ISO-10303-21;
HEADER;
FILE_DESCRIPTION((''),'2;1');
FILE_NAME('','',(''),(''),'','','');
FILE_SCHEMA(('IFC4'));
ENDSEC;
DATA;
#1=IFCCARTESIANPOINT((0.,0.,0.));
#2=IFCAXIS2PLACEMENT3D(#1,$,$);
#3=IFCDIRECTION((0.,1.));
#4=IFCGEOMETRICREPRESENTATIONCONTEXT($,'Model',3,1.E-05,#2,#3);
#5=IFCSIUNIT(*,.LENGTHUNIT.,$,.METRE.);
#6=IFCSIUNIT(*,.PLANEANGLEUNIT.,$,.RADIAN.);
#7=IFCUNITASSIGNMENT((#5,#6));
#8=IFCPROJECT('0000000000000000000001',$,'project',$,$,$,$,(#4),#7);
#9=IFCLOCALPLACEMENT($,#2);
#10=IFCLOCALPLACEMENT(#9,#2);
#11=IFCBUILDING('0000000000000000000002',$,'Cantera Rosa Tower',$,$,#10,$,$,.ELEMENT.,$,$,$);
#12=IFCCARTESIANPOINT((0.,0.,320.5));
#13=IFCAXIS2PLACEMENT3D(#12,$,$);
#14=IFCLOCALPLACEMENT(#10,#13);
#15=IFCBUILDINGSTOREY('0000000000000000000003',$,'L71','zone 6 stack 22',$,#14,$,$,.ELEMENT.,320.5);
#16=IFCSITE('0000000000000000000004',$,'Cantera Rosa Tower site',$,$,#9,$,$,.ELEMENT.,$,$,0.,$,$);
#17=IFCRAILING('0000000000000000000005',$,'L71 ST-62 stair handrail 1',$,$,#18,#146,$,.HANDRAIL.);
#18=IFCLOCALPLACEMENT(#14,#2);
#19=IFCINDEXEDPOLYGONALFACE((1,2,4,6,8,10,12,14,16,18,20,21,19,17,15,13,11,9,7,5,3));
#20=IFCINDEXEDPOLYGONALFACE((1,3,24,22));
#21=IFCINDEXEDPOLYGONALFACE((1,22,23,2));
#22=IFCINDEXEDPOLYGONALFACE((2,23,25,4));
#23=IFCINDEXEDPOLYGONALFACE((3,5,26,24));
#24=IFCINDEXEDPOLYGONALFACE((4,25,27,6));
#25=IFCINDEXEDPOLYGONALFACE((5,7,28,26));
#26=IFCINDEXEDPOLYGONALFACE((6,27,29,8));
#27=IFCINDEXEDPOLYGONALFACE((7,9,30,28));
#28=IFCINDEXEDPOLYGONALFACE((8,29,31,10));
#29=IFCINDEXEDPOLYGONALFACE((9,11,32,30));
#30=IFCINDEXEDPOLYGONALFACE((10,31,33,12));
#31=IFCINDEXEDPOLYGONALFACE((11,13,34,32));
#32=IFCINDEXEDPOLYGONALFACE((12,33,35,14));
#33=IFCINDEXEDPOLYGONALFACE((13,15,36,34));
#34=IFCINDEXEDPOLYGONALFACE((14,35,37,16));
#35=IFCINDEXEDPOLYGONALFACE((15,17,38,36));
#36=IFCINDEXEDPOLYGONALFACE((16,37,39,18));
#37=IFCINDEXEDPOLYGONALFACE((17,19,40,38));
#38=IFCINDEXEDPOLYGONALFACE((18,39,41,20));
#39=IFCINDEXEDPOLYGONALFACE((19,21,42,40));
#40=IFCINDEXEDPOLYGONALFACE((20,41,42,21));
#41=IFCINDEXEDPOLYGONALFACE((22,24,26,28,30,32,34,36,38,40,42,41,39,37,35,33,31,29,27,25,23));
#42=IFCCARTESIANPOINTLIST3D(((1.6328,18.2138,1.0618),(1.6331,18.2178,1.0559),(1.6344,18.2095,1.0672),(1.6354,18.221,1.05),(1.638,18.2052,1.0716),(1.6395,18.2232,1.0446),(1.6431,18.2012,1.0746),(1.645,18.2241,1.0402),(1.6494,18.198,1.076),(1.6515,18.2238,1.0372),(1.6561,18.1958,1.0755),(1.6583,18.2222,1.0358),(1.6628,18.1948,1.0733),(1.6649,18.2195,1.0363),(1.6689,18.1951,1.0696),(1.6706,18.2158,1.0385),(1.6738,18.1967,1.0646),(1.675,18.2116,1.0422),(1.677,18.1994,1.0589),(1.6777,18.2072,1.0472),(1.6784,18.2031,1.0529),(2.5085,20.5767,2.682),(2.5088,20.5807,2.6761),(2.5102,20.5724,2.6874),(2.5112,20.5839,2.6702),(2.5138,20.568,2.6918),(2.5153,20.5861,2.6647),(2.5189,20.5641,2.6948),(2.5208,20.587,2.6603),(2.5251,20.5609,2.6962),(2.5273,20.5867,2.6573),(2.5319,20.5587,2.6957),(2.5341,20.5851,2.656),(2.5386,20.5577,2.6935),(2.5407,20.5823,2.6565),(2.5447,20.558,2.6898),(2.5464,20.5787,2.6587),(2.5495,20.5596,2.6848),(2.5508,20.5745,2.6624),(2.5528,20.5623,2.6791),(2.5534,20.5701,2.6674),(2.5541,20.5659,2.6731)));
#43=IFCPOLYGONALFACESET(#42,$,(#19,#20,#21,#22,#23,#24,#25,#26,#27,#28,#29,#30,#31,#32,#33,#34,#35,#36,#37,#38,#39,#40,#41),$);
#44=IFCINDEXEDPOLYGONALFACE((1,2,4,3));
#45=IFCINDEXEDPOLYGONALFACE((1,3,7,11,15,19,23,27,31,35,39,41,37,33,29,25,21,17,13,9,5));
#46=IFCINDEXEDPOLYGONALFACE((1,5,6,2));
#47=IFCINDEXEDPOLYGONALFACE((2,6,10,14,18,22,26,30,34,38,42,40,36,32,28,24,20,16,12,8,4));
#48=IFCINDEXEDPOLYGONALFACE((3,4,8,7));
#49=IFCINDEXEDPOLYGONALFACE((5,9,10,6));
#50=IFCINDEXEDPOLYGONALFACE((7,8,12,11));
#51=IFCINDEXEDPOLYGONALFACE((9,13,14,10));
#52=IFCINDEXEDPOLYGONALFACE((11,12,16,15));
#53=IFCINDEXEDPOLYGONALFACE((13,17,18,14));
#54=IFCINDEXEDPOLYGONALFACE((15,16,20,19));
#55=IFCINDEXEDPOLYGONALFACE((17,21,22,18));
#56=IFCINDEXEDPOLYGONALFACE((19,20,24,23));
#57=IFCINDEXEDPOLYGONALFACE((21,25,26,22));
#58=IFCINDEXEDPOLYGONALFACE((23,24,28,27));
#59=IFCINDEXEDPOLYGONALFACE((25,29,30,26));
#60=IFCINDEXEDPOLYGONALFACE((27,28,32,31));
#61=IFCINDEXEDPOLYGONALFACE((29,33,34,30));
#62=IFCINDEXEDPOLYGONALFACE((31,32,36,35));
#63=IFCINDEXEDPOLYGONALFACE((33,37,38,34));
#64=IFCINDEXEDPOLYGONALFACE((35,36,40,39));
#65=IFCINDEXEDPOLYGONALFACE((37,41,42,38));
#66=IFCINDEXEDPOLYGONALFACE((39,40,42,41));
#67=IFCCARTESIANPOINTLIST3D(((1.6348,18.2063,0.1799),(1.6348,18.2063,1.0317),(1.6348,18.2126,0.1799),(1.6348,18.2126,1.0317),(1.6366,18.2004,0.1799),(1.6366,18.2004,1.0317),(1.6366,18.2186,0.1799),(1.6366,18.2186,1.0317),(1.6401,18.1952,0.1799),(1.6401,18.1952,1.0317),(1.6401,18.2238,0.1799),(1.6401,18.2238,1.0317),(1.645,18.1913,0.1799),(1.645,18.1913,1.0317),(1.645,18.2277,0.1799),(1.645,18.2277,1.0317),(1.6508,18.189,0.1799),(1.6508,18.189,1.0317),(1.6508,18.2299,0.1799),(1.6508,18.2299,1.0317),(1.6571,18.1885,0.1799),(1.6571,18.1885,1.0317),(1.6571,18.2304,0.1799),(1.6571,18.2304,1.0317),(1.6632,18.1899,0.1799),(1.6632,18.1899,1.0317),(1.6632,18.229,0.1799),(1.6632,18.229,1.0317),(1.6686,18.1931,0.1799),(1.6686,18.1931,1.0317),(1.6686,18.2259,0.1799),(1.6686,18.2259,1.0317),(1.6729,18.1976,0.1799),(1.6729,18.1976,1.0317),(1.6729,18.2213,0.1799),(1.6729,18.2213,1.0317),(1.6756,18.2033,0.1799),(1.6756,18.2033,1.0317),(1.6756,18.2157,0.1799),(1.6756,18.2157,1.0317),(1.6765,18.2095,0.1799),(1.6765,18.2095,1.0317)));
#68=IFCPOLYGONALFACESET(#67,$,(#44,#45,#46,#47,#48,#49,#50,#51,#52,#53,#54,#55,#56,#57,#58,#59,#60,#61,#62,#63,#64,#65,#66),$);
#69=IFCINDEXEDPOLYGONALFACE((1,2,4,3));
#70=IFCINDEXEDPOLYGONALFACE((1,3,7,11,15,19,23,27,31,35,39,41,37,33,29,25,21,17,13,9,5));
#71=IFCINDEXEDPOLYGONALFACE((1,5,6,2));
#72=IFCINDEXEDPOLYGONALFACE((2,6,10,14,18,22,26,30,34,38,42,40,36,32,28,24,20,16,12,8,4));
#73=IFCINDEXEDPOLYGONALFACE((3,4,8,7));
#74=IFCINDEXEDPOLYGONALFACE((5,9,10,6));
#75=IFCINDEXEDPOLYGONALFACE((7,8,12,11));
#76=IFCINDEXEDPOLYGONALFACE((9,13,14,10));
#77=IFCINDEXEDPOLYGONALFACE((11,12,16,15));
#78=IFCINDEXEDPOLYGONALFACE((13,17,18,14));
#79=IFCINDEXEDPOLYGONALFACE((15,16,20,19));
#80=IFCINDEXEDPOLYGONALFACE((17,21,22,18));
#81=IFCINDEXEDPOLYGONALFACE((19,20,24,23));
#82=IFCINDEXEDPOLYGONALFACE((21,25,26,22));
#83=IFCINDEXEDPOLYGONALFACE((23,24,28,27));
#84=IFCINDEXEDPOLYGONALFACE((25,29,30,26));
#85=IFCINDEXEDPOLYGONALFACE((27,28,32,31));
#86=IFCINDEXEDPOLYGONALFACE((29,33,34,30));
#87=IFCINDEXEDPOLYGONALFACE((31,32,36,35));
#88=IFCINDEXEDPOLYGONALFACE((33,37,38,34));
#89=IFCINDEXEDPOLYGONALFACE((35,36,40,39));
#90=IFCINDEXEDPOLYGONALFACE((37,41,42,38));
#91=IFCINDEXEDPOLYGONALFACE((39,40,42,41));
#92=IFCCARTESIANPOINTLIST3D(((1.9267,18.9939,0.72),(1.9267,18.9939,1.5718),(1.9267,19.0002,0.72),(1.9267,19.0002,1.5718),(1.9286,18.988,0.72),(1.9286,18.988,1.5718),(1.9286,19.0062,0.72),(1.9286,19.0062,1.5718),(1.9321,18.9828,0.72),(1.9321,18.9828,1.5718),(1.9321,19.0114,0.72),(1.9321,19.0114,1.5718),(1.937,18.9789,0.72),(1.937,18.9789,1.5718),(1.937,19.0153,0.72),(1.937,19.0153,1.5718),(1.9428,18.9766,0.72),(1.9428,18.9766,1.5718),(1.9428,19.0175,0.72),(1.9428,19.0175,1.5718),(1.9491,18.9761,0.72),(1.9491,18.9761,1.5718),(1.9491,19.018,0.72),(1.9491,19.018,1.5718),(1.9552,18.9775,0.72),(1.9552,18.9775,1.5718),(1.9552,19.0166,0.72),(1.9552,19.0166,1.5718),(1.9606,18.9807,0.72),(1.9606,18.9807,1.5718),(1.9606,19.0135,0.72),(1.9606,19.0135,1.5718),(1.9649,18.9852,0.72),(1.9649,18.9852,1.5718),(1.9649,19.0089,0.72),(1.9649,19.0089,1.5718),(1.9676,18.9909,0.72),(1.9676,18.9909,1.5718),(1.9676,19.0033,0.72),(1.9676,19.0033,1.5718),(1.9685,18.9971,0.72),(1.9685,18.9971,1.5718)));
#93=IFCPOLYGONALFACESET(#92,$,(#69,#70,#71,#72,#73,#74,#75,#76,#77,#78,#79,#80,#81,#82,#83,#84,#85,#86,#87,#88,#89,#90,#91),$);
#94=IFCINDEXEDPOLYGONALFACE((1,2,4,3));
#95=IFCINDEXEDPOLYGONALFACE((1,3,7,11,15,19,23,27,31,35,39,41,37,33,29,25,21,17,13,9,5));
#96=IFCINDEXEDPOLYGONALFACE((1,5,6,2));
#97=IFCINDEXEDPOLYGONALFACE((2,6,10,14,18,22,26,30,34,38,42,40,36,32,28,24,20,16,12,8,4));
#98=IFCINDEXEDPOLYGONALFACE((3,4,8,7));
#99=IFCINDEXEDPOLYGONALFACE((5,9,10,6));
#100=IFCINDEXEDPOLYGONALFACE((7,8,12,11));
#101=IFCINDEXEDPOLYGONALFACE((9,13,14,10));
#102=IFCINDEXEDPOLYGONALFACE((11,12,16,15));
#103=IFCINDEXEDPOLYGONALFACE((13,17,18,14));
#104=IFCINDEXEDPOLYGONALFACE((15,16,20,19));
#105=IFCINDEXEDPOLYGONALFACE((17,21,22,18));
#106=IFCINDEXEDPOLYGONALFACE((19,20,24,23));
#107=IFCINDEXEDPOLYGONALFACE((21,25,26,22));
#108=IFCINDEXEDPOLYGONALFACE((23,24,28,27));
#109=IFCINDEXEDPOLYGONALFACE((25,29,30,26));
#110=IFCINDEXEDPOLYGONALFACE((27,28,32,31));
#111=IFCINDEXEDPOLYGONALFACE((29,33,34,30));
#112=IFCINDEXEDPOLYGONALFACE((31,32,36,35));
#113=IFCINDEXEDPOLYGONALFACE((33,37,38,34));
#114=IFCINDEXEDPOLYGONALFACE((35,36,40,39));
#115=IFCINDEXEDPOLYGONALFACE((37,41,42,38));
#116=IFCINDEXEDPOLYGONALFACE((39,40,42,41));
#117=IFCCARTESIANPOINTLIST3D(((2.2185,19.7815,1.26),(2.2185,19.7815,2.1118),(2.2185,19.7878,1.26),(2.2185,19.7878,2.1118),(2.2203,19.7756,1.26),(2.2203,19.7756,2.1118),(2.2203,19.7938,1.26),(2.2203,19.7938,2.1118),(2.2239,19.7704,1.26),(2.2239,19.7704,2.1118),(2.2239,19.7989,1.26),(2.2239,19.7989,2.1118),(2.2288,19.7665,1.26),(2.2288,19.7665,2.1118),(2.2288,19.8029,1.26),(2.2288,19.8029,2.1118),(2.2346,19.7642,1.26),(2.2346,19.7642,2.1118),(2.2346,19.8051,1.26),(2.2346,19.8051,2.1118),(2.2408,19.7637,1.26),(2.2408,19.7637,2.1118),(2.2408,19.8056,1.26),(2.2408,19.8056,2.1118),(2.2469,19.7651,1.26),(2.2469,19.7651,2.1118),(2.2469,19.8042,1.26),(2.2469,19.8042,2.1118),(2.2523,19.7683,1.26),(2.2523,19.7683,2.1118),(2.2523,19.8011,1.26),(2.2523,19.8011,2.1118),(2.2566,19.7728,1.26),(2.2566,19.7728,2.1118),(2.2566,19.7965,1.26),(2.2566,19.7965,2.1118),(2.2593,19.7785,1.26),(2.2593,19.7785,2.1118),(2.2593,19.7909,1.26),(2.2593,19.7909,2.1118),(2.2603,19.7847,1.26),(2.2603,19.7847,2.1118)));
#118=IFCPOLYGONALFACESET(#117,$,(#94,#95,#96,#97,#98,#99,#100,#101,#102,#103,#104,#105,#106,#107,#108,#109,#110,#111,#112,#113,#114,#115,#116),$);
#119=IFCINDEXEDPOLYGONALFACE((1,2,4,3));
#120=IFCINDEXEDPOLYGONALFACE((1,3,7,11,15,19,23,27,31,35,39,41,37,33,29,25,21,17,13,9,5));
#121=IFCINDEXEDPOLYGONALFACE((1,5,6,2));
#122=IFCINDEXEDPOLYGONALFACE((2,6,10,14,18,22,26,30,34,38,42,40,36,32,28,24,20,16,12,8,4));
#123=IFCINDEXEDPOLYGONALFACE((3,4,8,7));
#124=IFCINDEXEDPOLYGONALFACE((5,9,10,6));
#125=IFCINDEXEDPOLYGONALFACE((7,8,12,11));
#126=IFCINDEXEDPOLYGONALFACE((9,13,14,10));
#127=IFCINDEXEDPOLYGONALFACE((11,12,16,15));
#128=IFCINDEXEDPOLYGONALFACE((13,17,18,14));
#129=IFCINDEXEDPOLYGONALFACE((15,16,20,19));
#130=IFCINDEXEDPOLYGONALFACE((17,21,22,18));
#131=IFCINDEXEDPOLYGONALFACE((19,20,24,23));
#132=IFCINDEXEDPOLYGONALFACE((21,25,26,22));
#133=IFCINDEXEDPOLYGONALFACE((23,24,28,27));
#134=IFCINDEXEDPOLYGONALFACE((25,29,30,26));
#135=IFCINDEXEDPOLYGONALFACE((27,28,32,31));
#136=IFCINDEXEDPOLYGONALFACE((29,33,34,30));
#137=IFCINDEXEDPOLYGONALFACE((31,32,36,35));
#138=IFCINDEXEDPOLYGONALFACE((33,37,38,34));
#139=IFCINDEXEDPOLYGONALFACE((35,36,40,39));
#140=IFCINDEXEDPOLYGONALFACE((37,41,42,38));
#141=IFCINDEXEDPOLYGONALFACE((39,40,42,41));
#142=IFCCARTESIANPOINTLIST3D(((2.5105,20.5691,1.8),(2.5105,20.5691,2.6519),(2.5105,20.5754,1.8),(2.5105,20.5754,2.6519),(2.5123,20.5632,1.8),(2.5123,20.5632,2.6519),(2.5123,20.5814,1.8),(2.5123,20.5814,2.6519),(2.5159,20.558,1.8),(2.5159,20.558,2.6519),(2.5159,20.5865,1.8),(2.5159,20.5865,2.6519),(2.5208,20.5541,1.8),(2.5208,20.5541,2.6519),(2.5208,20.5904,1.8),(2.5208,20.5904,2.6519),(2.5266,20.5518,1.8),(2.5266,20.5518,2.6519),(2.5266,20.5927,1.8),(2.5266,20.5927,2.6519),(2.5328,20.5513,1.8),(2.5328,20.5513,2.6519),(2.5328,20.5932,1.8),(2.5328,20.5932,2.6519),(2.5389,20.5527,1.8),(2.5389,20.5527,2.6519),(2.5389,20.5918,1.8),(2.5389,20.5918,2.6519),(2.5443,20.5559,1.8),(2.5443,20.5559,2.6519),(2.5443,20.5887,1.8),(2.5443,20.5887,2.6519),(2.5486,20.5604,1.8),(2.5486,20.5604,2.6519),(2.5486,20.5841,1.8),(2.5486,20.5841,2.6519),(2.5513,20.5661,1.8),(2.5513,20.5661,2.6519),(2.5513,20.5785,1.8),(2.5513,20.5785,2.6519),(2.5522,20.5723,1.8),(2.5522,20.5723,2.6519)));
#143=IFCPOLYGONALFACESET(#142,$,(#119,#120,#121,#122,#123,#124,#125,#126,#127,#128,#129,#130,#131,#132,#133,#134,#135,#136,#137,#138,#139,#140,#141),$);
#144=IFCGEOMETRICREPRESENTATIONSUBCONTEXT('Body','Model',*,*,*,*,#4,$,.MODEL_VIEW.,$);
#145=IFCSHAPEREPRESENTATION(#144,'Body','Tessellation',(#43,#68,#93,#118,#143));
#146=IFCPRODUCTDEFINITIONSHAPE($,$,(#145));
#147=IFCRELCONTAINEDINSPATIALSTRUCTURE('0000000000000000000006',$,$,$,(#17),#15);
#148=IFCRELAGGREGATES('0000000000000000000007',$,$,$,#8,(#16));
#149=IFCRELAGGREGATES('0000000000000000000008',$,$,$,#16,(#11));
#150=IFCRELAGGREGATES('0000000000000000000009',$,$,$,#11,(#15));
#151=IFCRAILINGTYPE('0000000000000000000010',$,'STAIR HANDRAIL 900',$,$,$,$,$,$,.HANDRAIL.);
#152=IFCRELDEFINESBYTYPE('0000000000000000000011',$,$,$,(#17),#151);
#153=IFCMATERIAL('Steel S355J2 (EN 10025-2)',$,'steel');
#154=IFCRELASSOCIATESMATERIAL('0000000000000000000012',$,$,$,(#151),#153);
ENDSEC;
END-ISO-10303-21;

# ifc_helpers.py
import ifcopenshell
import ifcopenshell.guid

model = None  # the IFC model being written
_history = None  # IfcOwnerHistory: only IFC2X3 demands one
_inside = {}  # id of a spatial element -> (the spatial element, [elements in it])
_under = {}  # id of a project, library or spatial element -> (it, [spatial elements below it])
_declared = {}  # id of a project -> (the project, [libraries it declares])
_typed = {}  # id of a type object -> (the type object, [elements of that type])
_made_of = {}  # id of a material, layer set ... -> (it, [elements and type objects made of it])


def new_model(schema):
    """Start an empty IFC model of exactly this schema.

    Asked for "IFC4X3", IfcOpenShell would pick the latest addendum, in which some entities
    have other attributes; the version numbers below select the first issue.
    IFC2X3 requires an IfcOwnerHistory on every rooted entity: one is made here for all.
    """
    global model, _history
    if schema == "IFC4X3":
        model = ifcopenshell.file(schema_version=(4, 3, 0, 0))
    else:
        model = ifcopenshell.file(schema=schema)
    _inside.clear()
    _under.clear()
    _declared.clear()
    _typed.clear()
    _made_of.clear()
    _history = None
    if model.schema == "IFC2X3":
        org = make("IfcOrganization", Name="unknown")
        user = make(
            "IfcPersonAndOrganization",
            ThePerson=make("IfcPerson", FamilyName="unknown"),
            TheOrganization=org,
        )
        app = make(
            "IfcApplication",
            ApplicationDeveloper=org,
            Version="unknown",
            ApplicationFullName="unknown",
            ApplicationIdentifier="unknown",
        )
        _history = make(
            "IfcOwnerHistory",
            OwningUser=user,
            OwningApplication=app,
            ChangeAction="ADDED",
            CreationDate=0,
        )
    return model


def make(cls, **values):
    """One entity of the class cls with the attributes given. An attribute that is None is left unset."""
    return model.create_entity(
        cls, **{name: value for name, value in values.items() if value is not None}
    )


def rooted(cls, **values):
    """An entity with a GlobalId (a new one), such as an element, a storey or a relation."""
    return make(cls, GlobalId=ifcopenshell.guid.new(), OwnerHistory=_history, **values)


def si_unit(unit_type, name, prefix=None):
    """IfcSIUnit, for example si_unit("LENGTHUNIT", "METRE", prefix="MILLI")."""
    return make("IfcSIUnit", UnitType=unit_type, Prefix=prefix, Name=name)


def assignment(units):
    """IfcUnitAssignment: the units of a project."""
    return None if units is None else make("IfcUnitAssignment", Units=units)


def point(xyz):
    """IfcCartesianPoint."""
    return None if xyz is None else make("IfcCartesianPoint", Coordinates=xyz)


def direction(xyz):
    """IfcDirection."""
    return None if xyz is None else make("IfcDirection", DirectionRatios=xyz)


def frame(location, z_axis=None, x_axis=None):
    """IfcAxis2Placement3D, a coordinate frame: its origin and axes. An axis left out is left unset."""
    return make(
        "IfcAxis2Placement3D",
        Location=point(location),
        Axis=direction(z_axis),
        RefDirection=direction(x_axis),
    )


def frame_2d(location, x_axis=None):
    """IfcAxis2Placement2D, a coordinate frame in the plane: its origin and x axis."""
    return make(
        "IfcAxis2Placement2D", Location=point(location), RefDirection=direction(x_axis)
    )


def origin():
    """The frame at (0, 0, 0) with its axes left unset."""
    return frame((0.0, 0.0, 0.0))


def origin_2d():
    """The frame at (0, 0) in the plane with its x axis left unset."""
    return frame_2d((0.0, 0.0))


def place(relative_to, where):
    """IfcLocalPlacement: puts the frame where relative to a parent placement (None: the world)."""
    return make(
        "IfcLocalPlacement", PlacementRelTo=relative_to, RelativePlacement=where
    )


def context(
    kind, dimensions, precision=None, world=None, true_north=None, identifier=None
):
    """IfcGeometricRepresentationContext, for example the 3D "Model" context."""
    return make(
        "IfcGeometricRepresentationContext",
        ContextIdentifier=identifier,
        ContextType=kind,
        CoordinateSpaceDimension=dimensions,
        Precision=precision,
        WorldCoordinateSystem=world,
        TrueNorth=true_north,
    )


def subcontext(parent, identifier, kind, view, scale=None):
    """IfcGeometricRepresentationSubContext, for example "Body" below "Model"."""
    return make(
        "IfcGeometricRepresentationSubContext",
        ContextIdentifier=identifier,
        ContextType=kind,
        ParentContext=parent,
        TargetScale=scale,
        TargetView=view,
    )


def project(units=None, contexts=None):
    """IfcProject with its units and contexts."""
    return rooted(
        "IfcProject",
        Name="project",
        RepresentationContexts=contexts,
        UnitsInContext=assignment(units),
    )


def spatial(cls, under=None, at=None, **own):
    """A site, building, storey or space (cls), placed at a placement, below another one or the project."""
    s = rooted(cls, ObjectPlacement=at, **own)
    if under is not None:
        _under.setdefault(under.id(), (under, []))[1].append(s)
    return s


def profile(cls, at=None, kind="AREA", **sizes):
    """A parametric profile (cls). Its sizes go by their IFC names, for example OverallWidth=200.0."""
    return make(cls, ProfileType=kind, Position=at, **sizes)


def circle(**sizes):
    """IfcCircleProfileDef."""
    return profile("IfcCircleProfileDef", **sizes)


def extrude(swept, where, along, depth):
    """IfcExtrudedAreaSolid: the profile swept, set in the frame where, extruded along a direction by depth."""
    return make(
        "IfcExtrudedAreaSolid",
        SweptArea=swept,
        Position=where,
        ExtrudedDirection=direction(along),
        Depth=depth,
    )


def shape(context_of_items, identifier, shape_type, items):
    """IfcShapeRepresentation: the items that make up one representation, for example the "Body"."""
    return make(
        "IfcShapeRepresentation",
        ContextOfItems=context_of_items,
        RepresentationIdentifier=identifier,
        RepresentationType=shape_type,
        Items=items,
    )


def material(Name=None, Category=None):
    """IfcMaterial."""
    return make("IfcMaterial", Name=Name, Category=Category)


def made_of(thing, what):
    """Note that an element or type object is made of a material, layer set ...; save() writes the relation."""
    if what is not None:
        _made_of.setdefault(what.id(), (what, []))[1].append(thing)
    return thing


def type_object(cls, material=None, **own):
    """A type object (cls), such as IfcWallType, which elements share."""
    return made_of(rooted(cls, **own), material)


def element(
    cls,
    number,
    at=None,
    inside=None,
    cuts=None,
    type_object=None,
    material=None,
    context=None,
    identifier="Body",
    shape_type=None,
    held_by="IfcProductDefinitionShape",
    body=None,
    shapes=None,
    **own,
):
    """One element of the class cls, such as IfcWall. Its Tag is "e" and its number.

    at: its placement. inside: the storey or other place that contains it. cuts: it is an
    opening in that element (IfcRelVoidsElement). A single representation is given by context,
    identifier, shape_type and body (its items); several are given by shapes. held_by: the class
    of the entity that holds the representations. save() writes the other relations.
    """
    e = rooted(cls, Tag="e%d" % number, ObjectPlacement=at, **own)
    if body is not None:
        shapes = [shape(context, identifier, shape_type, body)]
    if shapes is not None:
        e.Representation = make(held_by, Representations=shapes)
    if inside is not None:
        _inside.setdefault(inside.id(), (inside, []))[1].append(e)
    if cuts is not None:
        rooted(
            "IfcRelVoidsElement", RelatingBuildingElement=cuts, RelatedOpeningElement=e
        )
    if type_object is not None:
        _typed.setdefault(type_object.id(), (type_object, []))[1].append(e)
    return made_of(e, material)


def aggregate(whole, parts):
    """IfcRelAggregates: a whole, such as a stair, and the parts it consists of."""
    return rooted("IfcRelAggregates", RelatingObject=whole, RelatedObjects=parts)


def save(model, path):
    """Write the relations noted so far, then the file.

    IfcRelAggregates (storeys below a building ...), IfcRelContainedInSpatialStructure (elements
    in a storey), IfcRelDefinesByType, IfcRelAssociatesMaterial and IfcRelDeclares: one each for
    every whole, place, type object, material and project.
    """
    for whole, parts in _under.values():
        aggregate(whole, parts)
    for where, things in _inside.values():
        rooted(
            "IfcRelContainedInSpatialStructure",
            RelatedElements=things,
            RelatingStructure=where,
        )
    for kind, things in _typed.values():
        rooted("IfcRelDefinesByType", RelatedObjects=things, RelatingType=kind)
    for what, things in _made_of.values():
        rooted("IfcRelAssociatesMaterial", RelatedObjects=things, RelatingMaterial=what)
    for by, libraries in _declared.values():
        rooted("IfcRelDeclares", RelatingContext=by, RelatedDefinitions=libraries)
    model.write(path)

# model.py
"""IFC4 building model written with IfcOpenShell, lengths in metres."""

from ifc_helpers import new_model, si_unit, direction, frame, origin, origin_2d, place, context, subcontext, project, spatial, circle, extrude, material, type_object, element, save


model = new_model("IFC4")

# Units and contexts
model_context = context("Model", 3, precision=1e-05, world=origin(), true_north=direction((0.0, 1.0)))
body_context = subcontext(model_context, "Body", "Model", "MODEL_VIEW")
ifc_project = project(units=[si_unit("LENGTHUNIT", "METRE"), si_unit("PLANEANGLEUNIT", "RADIAN")], contexts=[model_context])

# Site, building, storey
site_placement = place(None, origin())
site = spatial("IfcSite", under=ifc_project, at=site_placement, Name="Cantera Rosa Tower site", CompositionType="ELEMENT", RefElevation=0.0)
building_placement = place(site_placement, origin())
building = spatial("IfcBuilding", under=site, at=building_placement, Name="Cantera Rosa Tower", CompositionType="ELEMENT")
storey_placement = place(building_placement, frame((0.0, 0.0, 320.5)))
storey = spatial("IfcBuildingStorey", under=building, at=storey_placement, Name="L71", Description="zone 6 stack 22", CompositionType="ELEMENT", Elevation=320.5)

# Railing
ifc_material_1 = material(Name="Steel S355J2 (EN 10025-2)", Category="steel")
railing_type_1 = type_object("IfcRailingType", Name="STAIR HANDRAIL 900", PredefinedType="HANDRAIL", material=ifc_material_1)
railing_1_placement = place(storey_placement, frame((1.6555, 18.2095, 0.1799)))
element("IfcRailing", 1, at=railing_1_placement, inside=storey, type_object=railing_type_1, Name="L71 ST-62 stair handrail 1", PredefinedType="HANDRAIL", context=body_context, shape_type="SweptSolid", body=[
    extrude(circle(Radius=0.0239, at=origin_2d()), frame((0.0, 0.0, 0.876), z_axis=(0.292326, 0.788717, 0.540806), x_axis=(-0.937668, 0.347532, 0.0)), (0.0, 0.0, 1.0), 2.9958),
    extrude(circle(Radius=0.021, at=origin_2d()), origin(), (0.0, 0.0, 1.0), 0.8518),
    extrude(circle(Radius=0.021, at=origin_2d()), frame((0.292, 0.7876, 0.54)), (0.0, 0.0, 1.0), 0.8518),
    extrude(circle(Radius=0.021, at=origin_2d()), frame((0.5837, 1.5752, 1.0801)), (0.0, 0.0, 1.0), 0.8518),
    extrude(circle(Radius=0.021, at=origin_2d()), frame((0.8757, 2.3628, 1.6201)), (0.0, 0.0, 1.0), 0.8518),
])

save(model, "model.ifc")
